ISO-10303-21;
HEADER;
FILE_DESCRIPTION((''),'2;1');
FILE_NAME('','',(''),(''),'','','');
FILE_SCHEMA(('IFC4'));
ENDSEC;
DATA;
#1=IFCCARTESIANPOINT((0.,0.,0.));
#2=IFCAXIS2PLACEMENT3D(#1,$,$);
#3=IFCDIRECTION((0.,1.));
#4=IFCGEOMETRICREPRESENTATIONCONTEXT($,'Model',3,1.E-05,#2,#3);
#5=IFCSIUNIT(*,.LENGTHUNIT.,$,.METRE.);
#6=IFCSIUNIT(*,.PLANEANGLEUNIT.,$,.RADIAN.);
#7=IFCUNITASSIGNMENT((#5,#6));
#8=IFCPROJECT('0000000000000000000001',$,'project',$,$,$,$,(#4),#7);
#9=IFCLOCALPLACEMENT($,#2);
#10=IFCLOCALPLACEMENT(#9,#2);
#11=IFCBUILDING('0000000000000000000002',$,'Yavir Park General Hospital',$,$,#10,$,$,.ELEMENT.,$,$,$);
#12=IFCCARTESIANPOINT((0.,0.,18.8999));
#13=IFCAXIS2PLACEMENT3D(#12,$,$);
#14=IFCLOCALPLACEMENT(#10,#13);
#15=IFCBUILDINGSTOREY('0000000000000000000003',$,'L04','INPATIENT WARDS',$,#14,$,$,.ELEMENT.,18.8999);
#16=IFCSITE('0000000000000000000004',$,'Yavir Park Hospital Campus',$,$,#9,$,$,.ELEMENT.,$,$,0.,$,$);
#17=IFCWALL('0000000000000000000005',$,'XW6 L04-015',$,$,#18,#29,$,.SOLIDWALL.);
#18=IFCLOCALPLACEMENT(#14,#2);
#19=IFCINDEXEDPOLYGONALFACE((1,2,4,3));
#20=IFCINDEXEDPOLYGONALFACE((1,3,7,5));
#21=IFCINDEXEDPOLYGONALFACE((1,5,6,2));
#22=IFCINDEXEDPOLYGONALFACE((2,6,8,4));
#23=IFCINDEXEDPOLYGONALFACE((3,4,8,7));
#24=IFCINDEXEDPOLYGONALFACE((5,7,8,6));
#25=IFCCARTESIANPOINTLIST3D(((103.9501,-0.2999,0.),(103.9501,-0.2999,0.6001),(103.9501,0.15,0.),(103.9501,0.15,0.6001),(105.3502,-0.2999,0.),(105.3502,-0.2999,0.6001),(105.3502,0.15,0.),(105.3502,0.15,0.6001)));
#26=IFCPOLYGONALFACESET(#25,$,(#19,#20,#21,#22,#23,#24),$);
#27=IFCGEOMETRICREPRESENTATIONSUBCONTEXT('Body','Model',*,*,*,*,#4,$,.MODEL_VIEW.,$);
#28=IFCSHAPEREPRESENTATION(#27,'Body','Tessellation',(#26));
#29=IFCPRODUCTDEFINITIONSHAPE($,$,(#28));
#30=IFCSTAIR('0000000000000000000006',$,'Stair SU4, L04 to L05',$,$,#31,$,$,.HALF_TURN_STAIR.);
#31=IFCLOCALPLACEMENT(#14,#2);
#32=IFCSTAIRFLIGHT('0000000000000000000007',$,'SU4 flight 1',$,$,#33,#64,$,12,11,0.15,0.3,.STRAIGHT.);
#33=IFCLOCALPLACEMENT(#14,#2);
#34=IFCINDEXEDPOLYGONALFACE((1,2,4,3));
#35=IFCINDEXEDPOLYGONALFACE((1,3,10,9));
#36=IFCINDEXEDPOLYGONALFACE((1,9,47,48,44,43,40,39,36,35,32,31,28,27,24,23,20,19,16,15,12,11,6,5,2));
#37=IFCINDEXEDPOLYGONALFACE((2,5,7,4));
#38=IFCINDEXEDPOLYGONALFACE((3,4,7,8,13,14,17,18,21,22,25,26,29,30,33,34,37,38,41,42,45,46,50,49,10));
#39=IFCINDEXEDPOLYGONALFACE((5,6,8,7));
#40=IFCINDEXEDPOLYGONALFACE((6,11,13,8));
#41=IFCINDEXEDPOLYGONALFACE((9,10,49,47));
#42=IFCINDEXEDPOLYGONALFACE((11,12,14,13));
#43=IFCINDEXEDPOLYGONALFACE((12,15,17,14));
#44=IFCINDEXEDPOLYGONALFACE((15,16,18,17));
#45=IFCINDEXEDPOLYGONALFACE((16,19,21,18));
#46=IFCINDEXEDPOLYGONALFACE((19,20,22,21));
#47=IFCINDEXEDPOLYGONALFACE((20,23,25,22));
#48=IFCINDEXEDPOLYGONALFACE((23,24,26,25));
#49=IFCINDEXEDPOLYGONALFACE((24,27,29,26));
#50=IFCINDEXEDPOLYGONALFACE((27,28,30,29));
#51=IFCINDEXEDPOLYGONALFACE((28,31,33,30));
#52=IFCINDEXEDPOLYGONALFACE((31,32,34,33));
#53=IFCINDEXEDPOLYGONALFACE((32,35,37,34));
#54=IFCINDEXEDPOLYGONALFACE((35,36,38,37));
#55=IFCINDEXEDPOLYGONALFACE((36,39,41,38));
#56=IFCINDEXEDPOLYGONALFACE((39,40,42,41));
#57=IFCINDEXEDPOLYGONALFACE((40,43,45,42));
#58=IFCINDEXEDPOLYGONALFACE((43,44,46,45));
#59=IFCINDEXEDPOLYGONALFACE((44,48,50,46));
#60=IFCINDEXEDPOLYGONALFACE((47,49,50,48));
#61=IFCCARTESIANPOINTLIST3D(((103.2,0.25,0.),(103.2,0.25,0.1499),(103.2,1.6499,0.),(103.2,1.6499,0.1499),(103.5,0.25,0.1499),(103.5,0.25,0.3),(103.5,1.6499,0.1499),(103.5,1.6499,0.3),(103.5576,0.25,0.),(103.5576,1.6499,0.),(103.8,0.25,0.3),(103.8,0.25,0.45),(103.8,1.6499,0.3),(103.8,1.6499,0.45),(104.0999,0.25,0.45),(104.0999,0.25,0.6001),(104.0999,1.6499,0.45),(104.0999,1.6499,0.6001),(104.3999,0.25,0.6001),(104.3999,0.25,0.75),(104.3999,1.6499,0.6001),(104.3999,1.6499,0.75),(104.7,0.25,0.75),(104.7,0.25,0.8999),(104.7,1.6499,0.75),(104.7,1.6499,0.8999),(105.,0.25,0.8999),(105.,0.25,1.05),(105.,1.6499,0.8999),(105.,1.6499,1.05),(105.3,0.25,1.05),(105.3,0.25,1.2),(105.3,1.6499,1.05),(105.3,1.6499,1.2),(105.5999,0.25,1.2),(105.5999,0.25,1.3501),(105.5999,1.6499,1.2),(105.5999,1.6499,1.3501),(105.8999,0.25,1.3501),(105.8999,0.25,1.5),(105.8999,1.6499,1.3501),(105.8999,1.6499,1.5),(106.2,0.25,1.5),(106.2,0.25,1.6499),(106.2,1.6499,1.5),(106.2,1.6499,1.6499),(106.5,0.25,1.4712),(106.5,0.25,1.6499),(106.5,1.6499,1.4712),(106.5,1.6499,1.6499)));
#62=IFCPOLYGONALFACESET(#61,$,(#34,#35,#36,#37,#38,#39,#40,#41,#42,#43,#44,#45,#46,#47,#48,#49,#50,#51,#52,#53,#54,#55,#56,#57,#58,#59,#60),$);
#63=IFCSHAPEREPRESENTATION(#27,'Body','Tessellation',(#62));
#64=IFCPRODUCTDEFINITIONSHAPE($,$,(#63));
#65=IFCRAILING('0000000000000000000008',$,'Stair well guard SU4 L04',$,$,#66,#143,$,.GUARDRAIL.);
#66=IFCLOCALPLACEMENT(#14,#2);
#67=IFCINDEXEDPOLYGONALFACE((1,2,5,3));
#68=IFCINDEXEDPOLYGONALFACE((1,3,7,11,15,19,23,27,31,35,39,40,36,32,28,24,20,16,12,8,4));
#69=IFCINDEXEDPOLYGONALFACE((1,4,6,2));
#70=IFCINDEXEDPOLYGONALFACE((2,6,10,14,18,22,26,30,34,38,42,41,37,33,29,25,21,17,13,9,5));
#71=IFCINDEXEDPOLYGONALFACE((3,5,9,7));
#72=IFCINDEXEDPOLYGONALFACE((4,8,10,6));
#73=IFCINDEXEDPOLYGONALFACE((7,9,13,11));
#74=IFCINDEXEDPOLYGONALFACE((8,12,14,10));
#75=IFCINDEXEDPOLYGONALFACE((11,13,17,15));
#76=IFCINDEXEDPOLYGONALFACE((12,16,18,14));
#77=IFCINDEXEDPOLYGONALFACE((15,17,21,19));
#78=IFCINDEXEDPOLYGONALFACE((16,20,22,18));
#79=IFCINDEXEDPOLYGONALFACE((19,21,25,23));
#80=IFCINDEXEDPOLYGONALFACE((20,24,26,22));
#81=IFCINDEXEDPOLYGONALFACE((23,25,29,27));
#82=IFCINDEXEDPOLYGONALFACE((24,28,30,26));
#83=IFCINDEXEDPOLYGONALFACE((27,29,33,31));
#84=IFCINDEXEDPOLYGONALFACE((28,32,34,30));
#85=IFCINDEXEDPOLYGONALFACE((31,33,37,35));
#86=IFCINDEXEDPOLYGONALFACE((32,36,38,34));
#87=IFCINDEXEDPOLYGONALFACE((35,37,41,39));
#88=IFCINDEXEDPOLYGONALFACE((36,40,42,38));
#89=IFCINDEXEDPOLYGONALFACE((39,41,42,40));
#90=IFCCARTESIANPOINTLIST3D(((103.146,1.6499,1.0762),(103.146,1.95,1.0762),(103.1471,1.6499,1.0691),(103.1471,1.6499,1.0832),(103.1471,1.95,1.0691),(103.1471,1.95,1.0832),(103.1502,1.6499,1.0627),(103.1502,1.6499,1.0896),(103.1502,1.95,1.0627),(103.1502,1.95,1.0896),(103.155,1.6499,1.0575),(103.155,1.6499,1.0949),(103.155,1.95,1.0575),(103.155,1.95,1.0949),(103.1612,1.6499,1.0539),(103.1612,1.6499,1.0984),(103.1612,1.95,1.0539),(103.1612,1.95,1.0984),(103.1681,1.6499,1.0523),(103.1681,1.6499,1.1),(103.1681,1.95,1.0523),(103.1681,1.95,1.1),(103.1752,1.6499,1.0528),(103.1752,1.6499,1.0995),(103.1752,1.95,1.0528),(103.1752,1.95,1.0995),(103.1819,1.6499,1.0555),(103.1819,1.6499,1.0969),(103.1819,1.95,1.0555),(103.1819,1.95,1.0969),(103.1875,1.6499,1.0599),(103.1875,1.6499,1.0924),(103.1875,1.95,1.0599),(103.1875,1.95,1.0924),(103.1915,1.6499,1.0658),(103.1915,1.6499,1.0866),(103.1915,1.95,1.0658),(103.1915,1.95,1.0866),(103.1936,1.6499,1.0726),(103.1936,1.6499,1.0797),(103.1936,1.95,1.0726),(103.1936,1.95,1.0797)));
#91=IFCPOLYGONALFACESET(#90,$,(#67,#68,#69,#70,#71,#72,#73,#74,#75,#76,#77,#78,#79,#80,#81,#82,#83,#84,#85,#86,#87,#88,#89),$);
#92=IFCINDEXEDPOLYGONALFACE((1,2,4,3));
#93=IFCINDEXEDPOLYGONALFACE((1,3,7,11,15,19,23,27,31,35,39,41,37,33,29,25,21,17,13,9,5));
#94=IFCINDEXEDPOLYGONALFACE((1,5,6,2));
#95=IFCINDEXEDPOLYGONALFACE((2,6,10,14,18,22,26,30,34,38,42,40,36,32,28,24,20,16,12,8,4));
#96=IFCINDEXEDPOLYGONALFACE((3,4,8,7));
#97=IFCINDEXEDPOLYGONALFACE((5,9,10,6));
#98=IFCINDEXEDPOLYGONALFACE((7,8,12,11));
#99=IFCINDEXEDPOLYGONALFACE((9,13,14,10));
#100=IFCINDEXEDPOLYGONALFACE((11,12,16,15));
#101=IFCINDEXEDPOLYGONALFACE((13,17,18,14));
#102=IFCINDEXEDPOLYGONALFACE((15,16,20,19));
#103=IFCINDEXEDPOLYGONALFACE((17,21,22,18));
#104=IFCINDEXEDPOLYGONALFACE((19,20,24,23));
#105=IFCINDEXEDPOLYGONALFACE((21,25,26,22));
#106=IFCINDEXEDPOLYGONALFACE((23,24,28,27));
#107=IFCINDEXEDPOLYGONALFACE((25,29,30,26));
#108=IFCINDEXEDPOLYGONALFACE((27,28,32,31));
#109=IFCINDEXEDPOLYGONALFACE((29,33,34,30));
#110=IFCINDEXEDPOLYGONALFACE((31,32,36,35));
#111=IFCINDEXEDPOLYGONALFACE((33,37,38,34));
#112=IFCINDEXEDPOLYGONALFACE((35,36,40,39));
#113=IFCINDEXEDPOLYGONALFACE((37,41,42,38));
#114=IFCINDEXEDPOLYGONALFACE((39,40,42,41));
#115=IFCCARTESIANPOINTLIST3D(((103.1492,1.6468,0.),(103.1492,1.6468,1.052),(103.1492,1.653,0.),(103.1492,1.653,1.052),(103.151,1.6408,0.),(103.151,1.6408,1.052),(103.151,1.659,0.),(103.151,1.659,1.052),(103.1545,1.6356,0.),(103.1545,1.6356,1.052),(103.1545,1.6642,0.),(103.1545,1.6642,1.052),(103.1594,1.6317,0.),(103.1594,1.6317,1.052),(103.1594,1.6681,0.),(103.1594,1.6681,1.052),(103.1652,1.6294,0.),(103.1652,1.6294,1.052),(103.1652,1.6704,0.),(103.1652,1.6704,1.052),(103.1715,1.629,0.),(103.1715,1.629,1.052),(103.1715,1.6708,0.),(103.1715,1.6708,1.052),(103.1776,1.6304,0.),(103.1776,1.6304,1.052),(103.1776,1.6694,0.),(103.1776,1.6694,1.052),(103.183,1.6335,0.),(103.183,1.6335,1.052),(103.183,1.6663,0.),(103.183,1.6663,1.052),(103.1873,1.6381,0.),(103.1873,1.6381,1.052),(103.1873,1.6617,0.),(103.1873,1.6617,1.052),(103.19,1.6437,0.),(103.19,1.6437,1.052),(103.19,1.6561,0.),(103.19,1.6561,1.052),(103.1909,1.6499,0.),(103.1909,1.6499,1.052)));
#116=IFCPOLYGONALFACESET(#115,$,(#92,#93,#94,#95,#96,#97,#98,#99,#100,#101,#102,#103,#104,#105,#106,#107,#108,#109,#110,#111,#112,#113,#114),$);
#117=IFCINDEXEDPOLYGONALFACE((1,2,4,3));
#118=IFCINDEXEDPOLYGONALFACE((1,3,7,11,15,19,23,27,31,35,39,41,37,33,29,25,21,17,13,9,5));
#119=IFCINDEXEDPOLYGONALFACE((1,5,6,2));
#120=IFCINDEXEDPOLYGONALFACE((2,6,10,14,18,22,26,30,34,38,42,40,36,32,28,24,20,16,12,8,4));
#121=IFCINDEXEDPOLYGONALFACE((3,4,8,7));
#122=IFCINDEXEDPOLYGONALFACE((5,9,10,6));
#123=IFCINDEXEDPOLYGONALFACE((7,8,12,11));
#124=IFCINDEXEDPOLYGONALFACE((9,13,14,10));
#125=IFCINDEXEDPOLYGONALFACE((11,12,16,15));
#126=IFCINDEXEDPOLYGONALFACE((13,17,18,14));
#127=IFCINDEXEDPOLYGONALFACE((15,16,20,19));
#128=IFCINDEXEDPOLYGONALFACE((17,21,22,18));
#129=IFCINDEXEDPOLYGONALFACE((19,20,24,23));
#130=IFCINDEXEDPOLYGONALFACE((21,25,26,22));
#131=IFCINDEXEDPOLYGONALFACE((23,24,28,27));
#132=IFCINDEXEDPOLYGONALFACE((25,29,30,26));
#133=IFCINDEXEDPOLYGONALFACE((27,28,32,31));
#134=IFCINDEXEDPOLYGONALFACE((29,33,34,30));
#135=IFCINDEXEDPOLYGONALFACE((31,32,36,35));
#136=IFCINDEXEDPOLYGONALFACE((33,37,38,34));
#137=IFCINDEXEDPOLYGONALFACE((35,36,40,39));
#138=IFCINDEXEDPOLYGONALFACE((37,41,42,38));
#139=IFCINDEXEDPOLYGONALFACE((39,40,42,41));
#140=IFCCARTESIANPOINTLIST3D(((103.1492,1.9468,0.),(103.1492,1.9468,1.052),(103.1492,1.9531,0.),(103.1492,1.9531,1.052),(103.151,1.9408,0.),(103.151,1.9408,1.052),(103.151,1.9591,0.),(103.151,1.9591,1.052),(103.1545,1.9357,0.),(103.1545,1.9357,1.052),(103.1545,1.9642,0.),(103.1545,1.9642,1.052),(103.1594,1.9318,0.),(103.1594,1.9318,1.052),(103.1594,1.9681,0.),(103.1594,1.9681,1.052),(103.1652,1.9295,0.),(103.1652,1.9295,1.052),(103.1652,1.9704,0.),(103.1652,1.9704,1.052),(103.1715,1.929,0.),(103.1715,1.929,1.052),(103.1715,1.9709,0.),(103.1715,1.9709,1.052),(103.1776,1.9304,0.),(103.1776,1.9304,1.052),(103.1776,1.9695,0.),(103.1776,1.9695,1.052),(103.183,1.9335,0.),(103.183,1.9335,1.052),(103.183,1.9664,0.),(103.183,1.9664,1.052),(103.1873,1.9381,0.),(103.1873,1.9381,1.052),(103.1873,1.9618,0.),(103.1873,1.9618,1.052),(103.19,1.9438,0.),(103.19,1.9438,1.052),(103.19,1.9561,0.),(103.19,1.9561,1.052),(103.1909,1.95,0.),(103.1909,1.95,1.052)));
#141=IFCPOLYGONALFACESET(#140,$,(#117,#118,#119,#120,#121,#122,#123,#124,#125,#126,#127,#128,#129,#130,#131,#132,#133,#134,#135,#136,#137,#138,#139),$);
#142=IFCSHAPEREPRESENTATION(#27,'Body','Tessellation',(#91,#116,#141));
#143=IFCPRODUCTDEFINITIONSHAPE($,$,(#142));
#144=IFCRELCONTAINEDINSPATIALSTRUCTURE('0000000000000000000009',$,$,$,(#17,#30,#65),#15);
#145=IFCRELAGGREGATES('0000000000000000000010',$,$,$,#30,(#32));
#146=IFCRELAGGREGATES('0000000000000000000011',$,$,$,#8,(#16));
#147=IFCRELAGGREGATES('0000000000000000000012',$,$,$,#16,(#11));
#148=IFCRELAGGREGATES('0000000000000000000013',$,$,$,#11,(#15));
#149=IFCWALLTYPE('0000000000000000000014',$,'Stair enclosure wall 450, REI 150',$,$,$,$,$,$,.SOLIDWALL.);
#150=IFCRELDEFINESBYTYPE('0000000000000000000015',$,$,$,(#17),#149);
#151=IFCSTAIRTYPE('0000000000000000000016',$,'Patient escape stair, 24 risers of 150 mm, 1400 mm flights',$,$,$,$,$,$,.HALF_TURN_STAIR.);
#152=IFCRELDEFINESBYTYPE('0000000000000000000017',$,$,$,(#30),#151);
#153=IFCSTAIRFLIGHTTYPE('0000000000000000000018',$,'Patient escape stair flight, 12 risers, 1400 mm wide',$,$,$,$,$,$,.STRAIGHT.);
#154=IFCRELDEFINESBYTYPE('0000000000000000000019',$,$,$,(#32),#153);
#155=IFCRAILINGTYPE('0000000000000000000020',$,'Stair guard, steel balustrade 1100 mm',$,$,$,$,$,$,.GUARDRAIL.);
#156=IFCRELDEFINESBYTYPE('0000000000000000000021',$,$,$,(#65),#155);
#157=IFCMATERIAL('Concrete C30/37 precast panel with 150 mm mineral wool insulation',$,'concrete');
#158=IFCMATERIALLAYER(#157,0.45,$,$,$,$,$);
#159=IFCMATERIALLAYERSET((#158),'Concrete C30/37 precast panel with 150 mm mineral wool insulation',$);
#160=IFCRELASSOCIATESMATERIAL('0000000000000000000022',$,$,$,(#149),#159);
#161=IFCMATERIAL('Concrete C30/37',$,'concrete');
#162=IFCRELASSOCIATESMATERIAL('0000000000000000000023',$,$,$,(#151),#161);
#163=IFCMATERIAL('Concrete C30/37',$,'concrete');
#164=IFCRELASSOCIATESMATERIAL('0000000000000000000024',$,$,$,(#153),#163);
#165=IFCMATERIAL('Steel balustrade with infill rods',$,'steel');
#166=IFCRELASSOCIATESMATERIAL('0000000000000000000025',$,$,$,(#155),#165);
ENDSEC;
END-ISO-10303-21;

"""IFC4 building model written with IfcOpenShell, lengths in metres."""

from ifc_helpers import new_model, si_unit, direction, frame, frame_2d, origin, origin_2d, place, context, subcontext, project, spatial, polyline, rectangle, circle, outline, extrude, material, layer, layer_set, type_object, element, aggregate, save


model = new_model("IFC4")

# Units and contexts
model_context = context("Model", 3, precision=1e-05, world=origin(), true_north=direction((0.0, 1.0)))
body_context = subcontext(model_context, "Body", "Model", "MODEL_VIEW")
ifc_project = project(units=[si_unit("LENGTHUNIT", "METRE"), si_unit("PLANEANGLEUNIT", "RADIAN")], contexts=[model_context])

# Site, building, storey
site_placement = place(None, origin())
site = spatial("IfcSite", under=ifc_project, at=site_placement, Name="Yavir Park Hospital Campus", CompositionType="ELEMENT", RefElevation=0.0)
building_placement = place(site_placement, origin())
building = spatial("IfcBuilding", under=site, at=building_placement, Name="Yavir Park General Hospital", CompositionType="ELEMENT")
storey_placement = place(building_placement, frame((0.0, 0.0, 18.8999)))
storey = spatial("IfcBuildingStorey", under=building, at=storey_placement, Name="L04", Description="INPATIENT WARDS", CompositionType="ELEMENT", Elevation=18.8999)

# Wall
ifc_material_1 = material(Name="Concrete C30/37 precast panel with 150 mm mineral wool insulation", Category="concrete")
ifc_layer_1 = layer(ifc_material_1, 0.45)
ifc_layer_set_1 = layer_set([ifc_layer_1], Name="Concrete C30/37 precast panel with 150 mm mineral wool insulation")
wall_type_1 = type_object("IfcWallType", Name="Stair enclosure wall 450, REI 150", PredefinedType="SOLIDWALL", material=ifc_layer_set_1)
wall_1_placement = place(storey_placement, frame((103.95, -0.075, 0.0), z_axis=(0.0, 0.0, 1.0), x_axis=(1.0, 0.0, 0.0)))
element("IfcWall", 1, at=wall_1_placement, inside=storey, type_object=wall_type_1, Name="XW6 L04-015", PredefinedType="SOLIDWALL", context=body_context, shape_type="SweptSolid", body=[
    extrude(rectangle(XDim=1.4001, YDim=0.45, at=frame_2d((0.7002, 0.0))), origin(), (0.0, 0.0, 1.0), 0.6001),
])

# Stair, stair flight
ifc_material_2 = material(Name="Concrete C30/37", Category="concrete")
stair_type = type_object("IfcStairType", Name="Patient escape stair, 24 risers of 150 mm, 1400 mm flights", PredefinedType="HALF_TURN_STAIR", material=ifc_material_2)
stair_placement = place(storey_placement, origin())
stair = element("IfcStair", 2, at=stair_placement, inside=storey, type_object=stair_type, Name="Stair SU4, L04 to L05", PredefinedType="HALF_TURN_STAIR")
ifc_material_3 = material(Name="Concrete C30/37", Category="concrete")
stair_flight_type = type_object("IfcStairFlightType", Name="Patient escape stair flight, 12 risers, 1400 mm wide", PredefinedType="STRAIGHT", material=ifc_material_3)
stair_flight_placement = place(storey_placement, frame((103.2, 0.95, 0.0), z_axis=(0.0, 0.0, 1.0), x_axis=(1.0, 0.0, 0.0)))
stair_flight = element("IfcStairFlight", 3, at=stair_flight_placement, type_object=stair_flight_type, Name="SU4 flight 1", NumberOfRisers=12, NumberOfTreads=11, PredefinedType="STRAIGHT", RiserHeight=0.15, TreadLength=0.3, context=body_context, shape_type="SweptSolid", body=[
    extrude(outline(polyline([(0.0, 0.0), (0.0, 0.1499), (0.3, 0.1499), (0.3, 0.3), (0.6001, 0.3), (0.6001, 0.45), (0.8999, 0.45), (0.8999, 0.6001), (1.2, 0.6001), (1.2, 0.75), (1.5, 0.75), (1.5, 0.8999), (1.8, 0.8999), (1.8, 1.05), (2.1001, 1.05), (2.1001, 1.2), (2.3999, 1.2), (2.3999, 1.3501), (2.7, 1.3501), (2.7, 1.5), (3.0, 1.5), (3.0, 1.6499), (3.3, 1.6499), (3.3, 1.8), (3.3, 1.4712), (0.3577, 0.0), (0.0, 0.0)])), frame((0.0, 0.7, 0.0), z_axis=(0.0, -1.0, 0.0), x_axis=(1.0, 0.0, 0.0)), (0.0, 0.0, 1.0), 1.3999),
])
aggregate(stair, [stair_flight])

# Railing
ifc_material_4 = material(Name="Steel balustrade with infill rods", Category="steel")
railing_type_1 = type_object("IfcRailingType", Name="Stair guard, steel balustrade 1100 mm", PredefinedType="GUARDRAIL", material=ifc_material_4)
railing_placement = place(storey_placement, frame((103.1699, 1.6499, 0.0)))
element("IfcRailing", 4, at=railing_placement, inside=storey, type_object=railing_type_1, Name="Stair well guard SU4 L04", PredefinedType="GUARDRAIL", context=body_context, shape_type="SweptSolid", body=[
    extrude(circle(Radius=0.0239, at=origin_2d()), frame((0.0, 0.0, 1.0762), z_axis=(0.0, 1.0, 0.0), x_axis=(-1.0, 0.0, 0.0)), (0.0, 0.0, 1.0), 0.3),
    extrude(circle(Radius=0.021, at=origin_2d()), origin(), (0.0, 0.0, 1.0), 1.052),
    extrude(circle(Radius=0.021, at=origin_2d()), frame((0.0, 0.3, 0.0)), (0.0, 0.0, 1.0), 1.052),
])

save(model, "model.ifc")
